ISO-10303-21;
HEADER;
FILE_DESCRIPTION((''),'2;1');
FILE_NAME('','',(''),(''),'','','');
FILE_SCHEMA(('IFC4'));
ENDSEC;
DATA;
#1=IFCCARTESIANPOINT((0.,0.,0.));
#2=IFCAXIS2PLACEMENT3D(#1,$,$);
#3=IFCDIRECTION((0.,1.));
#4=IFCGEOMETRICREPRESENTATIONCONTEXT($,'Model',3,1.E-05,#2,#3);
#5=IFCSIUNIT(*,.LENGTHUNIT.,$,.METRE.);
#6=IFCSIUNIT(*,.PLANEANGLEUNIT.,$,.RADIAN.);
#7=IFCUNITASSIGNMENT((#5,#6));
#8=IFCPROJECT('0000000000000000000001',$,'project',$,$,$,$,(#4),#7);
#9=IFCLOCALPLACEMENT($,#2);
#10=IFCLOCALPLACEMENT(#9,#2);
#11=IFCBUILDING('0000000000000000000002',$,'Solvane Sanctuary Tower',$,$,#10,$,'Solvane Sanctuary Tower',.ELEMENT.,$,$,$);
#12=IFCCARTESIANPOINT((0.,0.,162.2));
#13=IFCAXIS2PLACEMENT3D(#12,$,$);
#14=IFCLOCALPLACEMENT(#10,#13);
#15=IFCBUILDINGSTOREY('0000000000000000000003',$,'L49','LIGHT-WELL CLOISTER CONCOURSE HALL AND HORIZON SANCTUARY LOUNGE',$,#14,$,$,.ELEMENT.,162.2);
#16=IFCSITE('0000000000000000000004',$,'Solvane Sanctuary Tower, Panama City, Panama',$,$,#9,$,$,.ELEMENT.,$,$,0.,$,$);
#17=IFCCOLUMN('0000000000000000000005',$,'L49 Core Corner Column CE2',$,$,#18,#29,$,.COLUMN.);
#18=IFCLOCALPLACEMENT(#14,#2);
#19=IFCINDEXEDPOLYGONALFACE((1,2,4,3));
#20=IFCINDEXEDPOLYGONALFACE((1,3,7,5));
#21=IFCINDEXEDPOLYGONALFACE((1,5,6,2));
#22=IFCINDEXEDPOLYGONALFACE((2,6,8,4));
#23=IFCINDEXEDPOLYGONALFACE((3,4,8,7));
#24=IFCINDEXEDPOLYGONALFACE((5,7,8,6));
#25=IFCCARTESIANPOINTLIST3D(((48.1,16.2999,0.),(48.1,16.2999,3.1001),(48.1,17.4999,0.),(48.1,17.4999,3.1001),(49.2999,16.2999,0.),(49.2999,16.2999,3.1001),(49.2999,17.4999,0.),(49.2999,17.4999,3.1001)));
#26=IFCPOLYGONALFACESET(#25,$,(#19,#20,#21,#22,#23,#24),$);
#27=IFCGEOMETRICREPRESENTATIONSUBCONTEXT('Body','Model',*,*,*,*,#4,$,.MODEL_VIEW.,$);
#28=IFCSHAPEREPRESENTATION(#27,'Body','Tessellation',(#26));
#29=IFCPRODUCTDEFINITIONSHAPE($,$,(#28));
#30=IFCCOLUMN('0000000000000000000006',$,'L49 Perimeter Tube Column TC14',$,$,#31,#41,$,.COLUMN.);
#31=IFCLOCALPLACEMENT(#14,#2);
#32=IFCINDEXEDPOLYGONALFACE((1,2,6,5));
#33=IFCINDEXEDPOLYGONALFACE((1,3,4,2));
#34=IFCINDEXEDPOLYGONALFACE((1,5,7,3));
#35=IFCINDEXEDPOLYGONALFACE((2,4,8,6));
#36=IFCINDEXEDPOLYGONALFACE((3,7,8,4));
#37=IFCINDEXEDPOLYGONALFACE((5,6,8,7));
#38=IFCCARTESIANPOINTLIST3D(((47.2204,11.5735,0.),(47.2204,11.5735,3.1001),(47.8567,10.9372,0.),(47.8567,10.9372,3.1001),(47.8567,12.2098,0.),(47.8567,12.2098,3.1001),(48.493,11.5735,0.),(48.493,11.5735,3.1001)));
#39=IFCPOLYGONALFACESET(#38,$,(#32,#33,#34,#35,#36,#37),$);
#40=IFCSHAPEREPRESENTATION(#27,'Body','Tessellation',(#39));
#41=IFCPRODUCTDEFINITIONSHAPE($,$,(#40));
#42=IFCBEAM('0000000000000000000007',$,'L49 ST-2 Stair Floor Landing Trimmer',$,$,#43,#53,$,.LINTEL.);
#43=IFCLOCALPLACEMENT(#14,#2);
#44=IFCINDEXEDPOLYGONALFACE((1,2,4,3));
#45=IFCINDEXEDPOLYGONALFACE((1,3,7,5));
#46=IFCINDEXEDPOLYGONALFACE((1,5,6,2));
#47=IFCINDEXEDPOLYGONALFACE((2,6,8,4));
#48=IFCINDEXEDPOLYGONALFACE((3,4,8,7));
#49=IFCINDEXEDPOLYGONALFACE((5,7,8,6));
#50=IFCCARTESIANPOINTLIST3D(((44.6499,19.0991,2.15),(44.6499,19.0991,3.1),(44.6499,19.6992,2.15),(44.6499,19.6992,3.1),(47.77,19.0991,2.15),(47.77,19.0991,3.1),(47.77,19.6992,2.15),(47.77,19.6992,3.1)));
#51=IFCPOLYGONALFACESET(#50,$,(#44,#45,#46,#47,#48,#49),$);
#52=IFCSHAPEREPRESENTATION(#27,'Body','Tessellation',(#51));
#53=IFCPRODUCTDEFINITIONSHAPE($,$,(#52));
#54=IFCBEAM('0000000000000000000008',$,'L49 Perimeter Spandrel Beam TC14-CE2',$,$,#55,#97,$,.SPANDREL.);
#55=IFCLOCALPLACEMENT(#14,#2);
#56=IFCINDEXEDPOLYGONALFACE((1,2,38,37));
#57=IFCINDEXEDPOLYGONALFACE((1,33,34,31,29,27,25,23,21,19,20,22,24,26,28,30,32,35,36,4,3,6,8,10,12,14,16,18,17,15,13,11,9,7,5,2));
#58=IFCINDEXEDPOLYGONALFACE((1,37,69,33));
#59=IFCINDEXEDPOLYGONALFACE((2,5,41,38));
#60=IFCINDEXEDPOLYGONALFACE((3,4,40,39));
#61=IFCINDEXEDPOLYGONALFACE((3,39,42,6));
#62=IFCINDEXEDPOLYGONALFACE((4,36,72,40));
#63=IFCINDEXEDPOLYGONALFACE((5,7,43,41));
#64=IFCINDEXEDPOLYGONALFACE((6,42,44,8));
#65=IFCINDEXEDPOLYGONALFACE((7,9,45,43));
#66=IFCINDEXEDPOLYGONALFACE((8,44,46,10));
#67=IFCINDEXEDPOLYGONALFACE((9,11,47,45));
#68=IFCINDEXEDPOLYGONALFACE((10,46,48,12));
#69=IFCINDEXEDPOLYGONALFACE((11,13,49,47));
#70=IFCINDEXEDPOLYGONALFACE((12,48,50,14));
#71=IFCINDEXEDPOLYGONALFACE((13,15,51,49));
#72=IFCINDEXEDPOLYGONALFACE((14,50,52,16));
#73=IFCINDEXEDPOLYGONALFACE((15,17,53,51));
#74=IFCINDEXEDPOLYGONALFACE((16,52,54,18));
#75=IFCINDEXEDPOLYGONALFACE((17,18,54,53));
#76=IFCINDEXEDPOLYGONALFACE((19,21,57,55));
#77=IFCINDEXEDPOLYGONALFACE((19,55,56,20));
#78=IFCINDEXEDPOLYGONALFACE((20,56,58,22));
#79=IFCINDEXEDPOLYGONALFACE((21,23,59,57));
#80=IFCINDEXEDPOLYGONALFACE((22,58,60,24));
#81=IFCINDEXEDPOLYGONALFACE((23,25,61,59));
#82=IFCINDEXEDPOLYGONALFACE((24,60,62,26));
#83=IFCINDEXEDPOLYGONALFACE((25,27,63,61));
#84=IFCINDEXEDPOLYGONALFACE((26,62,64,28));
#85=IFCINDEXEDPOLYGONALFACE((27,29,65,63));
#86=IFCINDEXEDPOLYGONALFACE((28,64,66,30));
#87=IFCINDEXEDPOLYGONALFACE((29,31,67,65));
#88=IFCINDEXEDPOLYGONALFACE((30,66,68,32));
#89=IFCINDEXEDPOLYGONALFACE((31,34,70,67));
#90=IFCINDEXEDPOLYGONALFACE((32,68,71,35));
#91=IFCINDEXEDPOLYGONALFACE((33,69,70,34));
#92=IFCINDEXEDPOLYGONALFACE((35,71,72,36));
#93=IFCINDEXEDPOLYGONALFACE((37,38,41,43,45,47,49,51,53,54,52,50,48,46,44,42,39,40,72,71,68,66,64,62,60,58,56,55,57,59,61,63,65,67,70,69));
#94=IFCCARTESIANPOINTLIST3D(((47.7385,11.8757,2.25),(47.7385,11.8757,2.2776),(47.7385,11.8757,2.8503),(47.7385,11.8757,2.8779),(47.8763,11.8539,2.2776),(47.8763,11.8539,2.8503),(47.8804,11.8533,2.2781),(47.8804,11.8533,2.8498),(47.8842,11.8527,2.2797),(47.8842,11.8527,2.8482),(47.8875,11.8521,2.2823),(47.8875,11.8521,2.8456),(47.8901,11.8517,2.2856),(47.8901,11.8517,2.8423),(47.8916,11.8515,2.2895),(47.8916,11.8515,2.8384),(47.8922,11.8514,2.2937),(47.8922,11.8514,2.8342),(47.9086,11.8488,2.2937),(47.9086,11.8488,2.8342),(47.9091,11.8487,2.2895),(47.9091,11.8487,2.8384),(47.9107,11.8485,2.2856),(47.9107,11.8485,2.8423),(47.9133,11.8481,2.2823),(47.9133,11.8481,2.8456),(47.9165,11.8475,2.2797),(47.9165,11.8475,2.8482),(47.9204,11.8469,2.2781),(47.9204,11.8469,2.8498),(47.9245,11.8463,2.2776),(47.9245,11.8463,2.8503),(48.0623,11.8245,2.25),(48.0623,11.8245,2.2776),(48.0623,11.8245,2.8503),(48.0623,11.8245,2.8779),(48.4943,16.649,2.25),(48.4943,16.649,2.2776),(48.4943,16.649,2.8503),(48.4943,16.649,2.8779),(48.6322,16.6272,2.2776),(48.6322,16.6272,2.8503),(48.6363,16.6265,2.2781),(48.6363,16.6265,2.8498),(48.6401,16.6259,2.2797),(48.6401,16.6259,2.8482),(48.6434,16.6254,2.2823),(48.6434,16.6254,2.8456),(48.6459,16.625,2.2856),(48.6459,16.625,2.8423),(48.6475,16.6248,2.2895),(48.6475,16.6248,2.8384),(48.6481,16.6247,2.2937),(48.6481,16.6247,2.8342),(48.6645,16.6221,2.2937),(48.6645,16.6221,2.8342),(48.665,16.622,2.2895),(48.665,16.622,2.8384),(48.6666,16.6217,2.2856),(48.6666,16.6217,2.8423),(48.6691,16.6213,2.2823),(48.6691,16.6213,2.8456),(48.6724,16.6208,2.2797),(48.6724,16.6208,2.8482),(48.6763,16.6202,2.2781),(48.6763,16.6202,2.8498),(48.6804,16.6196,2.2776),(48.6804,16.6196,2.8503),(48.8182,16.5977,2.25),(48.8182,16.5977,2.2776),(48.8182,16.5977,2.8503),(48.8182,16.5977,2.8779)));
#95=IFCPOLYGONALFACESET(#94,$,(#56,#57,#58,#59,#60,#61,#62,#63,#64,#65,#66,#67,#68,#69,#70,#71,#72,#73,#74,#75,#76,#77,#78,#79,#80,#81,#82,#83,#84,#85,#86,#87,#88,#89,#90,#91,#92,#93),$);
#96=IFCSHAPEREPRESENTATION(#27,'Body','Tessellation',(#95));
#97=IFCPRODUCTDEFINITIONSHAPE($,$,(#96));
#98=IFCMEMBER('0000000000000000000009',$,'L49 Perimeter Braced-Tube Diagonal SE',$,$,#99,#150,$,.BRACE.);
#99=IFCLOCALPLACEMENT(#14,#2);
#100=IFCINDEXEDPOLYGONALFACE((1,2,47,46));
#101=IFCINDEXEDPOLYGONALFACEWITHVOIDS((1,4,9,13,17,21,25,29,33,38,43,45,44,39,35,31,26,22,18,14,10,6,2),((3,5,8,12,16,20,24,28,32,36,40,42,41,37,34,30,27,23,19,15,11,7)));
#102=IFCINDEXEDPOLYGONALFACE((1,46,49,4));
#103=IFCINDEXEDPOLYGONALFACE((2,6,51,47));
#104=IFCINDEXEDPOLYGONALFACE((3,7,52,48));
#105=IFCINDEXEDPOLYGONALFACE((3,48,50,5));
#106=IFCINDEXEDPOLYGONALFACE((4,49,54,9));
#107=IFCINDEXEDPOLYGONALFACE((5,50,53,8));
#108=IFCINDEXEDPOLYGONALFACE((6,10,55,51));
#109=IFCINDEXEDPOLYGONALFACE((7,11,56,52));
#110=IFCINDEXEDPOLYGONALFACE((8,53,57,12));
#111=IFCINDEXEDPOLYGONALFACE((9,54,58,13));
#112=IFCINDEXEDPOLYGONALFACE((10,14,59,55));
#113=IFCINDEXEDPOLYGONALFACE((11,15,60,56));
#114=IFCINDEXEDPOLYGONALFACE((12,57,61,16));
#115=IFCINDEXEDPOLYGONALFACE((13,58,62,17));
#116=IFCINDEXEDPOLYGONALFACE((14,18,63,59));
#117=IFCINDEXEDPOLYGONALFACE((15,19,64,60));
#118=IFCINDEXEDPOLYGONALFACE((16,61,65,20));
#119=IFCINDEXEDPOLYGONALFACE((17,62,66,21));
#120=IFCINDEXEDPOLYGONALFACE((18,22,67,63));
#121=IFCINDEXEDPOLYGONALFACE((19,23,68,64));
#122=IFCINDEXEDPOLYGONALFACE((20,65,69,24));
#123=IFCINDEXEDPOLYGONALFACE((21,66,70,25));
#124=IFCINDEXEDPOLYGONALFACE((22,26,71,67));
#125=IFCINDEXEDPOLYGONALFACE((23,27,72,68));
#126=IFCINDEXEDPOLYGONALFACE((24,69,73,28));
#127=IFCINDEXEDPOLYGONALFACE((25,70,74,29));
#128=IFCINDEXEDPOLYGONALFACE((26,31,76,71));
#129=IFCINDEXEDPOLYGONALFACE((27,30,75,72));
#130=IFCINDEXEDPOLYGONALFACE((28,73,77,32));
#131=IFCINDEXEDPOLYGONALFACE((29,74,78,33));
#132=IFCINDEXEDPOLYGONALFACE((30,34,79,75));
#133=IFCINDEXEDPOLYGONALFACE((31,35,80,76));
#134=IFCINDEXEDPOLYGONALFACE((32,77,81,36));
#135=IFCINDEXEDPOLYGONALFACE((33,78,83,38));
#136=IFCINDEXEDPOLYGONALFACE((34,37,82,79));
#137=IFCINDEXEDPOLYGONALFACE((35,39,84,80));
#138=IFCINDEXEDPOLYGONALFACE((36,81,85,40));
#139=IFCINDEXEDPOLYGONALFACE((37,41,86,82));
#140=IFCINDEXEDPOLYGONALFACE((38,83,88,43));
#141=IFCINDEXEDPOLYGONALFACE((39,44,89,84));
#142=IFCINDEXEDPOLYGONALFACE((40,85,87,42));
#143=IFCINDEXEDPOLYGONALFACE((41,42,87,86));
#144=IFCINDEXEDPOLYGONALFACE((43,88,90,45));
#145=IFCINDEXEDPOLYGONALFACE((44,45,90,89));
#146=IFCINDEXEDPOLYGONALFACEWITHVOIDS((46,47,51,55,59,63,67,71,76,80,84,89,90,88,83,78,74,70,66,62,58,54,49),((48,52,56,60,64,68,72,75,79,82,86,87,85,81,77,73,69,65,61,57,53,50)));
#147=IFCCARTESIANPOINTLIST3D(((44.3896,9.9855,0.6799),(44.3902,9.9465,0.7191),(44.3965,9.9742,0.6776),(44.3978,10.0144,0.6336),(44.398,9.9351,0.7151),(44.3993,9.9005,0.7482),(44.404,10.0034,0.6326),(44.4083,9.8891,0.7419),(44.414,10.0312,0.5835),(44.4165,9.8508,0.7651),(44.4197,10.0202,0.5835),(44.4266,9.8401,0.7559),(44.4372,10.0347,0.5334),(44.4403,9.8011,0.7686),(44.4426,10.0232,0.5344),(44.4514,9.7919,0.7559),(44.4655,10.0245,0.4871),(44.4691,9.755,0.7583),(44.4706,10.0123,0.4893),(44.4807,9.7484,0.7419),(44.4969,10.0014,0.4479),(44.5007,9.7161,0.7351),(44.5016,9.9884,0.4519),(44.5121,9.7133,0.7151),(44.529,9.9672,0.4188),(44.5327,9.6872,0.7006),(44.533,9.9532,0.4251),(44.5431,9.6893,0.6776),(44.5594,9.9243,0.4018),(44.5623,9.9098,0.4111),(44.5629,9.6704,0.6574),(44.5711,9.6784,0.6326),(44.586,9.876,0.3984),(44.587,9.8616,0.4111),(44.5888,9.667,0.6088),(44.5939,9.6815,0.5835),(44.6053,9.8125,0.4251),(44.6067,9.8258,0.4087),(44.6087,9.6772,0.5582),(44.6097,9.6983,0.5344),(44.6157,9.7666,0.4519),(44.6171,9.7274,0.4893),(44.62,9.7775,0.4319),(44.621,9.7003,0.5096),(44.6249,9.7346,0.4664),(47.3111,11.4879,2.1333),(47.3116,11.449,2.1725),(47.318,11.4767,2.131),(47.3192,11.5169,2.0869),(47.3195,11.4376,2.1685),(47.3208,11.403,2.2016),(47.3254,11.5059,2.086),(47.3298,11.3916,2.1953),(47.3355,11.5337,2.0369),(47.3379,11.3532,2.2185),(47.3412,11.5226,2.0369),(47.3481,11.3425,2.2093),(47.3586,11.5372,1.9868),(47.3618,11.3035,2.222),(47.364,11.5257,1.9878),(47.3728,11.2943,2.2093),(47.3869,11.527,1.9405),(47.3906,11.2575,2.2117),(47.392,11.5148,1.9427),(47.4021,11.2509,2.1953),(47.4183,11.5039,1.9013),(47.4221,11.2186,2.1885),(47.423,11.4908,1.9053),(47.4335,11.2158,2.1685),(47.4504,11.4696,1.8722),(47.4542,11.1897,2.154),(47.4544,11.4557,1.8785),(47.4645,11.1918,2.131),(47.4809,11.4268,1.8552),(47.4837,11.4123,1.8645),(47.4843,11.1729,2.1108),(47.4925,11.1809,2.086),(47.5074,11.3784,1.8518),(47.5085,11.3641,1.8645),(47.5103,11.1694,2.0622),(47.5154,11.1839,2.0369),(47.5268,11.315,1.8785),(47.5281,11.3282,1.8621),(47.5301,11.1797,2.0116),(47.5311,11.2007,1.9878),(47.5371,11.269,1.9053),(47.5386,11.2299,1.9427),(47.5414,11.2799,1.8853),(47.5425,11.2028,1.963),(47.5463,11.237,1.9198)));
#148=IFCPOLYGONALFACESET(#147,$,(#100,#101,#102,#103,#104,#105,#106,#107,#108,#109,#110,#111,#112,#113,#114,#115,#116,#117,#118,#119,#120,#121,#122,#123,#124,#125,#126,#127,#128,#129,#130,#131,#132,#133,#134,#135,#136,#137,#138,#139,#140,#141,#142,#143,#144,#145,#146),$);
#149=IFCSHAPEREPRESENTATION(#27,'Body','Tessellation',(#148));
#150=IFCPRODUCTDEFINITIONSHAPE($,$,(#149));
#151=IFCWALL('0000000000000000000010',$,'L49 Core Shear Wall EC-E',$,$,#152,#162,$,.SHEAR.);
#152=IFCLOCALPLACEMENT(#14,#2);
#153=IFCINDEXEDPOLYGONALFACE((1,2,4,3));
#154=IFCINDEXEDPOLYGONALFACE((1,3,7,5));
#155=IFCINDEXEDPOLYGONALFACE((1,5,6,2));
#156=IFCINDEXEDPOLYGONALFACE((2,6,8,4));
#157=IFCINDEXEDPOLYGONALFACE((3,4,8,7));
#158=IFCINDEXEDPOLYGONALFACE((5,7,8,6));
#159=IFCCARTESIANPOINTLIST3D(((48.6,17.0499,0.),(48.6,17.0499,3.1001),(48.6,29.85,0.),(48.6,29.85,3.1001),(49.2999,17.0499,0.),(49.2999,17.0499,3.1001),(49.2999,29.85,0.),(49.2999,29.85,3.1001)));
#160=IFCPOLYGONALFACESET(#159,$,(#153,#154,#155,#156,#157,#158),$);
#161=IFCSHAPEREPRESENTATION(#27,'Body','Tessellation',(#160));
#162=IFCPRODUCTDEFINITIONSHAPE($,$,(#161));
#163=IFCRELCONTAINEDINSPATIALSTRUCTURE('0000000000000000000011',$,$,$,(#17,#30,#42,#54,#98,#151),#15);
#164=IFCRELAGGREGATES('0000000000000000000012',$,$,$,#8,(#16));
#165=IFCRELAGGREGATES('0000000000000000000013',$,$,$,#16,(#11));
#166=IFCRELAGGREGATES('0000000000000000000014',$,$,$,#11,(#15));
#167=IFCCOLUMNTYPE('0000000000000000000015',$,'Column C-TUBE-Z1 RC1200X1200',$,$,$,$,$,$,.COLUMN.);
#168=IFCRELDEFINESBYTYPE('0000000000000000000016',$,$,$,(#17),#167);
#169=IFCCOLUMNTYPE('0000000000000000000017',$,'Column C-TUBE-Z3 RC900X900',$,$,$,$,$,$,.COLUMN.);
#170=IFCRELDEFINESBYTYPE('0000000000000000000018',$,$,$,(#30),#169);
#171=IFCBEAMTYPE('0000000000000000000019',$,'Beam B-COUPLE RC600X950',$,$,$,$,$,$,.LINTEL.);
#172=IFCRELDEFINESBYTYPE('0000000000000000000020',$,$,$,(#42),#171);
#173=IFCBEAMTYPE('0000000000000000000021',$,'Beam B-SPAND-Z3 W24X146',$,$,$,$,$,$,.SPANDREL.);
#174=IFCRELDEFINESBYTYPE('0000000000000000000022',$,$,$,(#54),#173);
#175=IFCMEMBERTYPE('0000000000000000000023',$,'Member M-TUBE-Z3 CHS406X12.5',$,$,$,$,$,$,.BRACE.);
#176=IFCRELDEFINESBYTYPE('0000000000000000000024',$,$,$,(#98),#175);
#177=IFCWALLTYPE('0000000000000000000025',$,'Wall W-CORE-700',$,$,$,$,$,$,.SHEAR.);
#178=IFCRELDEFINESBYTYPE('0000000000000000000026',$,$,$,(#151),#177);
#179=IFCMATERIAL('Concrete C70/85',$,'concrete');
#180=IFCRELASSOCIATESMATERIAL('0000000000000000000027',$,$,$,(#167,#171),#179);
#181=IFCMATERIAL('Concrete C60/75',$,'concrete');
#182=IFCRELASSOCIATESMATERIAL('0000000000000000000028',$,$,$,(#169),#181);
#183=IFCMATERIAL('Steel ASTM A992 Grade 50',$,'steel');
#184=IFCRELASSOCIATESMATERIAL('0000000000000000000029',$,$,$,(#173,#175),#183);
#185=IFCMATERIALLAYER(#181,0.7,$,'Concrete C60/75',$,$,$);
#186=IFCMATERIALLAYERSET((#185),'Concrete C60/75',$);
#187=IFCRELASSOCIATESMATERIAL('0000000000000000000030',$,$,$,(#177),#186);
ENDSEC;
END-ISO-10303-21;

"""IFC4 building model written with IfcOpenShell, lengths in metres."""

from ifc_helpers import new_model, si_unit, direction, frame, frame_2d, origin, origin_2d, place, context, subcontext, project, spatial, rectangle, hollow_circle, i_section, extrude, material, layer, layer_set, material_profile, profile_set, type_object, element, save


model = new_model("IFC4")

# Units and contexts
model_context = context("Model", 3, precision=1e-05, world=origin(), true_north=direction((0.0, 1.0)))
body_context = subcontext(model_context, "Body", "Model", "MODEL_VIEW")
ifc_project = project(units=[si_unit("LENGTHUNIT", "METRE"), si_unit("PLANEANGLEUNIT", "RADIAN")], contexts=[model_context])

# Site, building, storey
site_placement = place(None, origin())
site = spatial("IfcSite", under=ifc_project, at=site_placement, Name="Solvane Sanctuary Tower, Panama City, Panama", CompositionType="ELEMENT", RefElevation=0.0)
building_placement = place(site_placement, origin())
building = spatial("IfcBuilding", under=site, at=building_placement, Name="Solvane Sanctuary Tower", LongName="Solvane Sanctuary Tower", CompositionType="ELEMENT")
storey_placement = place(building_placement, frame((0.0, 0.0, 162.2)))
storey = spatial("IfcBuildingStorey", under=building, at=storey_placement, Name="L49", Description="LIGHT-WELL CLOISTER CONCOURSE HALL AND HORIZON SANCTUARY LOUNGE", CompositionType="ELEMENT", Elevation=162.2)

# Columns
ifc_material_1 = material(Name="Concrete C70/85", Category="concrete")
ifc_material_profile_1 = material_profile(ifc_material_1, rectangle(XDim=1.2, YDim=1.2, at=origin_2d()), Name="RC1200X1200")
ifc_profile_set_1 = profile_set([ifc_material_profile_1], Name="Concrete C70/85")
column_type_1 = type_object("IfcColumnType", Name="Column C-TUBE-Z1 RC1200X1200", PredefinedType="COLUMN", material=ifc_profile_set_1)
column_1_placement = place(storey_placement, frame((48.7, 16.8999, 0.0), z_axis=(0.0, 0.0, 1.0), x_axis=(1.0, 0.0, 0.0)))
element("IfcColumn", 1, at=column_1_placement, inside=storey, type_object=column_type_1, Name="L49 Core Corner Column CE2", PredefinedType="COLUMN", context=body_context, shape_type="SweptSolid", body=[
    extrude(rectangle(XDim=1.2, YDim=1.2, at=origin_2d()), origin(), (0.0, 0.0, 1.0), 3.1001),
])
ifc_material_2 = material(Name="Concrete C60/75", Category="concrete")
ifc_material_profile_2 = material_profile(ifc_material_2, rectangle(XDim=0.8999, YDim=0.8999, at=origin_2d()), Name="RC900X900")
ifc_profile_set_2 = profile_set([ifc_material_profile_2], Name="Concrete C60/75")
column_type_2 = type_object("IfcColumnType", Name="Column C-TUBE-Z3 RC900X900", PredefinedType="COLUMN", material=ifc_profile_set_2)
column_2_placement = place(storey_placement, frame((47.8567, 11.5735, 0.0), z_axis=(0.0, 0.0, 1.0), x_axis=(0.707107, -0.707107, 0.0)))
element("IfcColumn", 2, at=column_2_placement, inside=storey, type_object=column_type_2, Name="L49 Perimeter Tube Column TC14", PredefinedType="COLUMN", context=body_context, shape_type="SweptSolid", body=[
    extrude(rectangle(XDim=0.8999, YDim=0.8999, at=origin_2d()), origin(), (0.0, 0.0, 1.0), 3.1001),
])

# Beams
ifc_material_profile_3 = material_profile(ifc_material_1, rectangle(XDim=0.6001, YDim=0.95, at=origin_2d()), Name="RC600X950")
ifc_profile_set_3 = profile_set([ifc_material_profile_3], Name="Concrete C70/85")
beam_type_1 = type_object("IfcBeamType", Name="Beam B-COUPLE RC600X950", PredefinedType="LINTEL", material=ifc_profile_set_3)
beam_1_placement = place(storey_placement, frame((44.6499, 19.3992, 2.625), z_axis=(1.0, 0.0, 0.0), x_axis=(0.0, 1.0, 0.0)))
element("IfcBeam", 3, at=beam_1_placement, inside=storey, type_object=beam_type_1, Name="L49 ST-2 Stair Floor Landing Trimmer", PredefinedType="LINTEL", context=body_context, shape_type="SweptSolid", body=[
    extrude(rectangle(XDim=0.6001, YDim=0.95, at=origin_2d()), origin(), (0.0, 0.0, 1.0), 3.1201),
])
ifc_material_3 = material(Name="Steel ASTM A992 Grade 50", Category="steel")
ifc_material_profile_4 = material_profile(ifc_material_3, i_section(OverallWidth=0.3279, OverallDepth=0.6279, WebThickness=0.0166, FlangeThickness=0.0276, FilletRadius=0.0161, at=origin_2d()), Name="W24X146")
ifc_profile_set_4 = profile_set([ifc_material_profile_4], Name="Steel ASTM A992 Grade 50")
beam_type_2 = type_object("IfcBeamType", Name="Beam B-SPAND-Z3 W24X146", PredefinedType="SPANDREL", material=ifc_profile_set_4)
beam_2_placement = place(storey_placement, frame((47.9004, 11.8501, 2.564), z_axis=(0.156406, 0.987693, 0.0), x_axis=(-0.987693, 0.156406, 0.0)))
element("IfcBeam", 4, at=beam_2_placement, inside=storey, type_object=beam_type_2, Name="L49 Perimeter Spandrel Beam TC14-CE2", PredefinedType="SPANDREL", context=body_context, shape_type="SweptSolid", body=[
    extrude(i_section(OverallWidth=0.3279, OverallDepth=0.6279, WebThickness=0.0166, FlangeThickness=0.0276, FilletRadius=0.0161, at=origin_2d()), origin(), (0.0, 0.0, 1.0), 4.8328),
])

# Member
ifc_material_profile_5 = material_profile(ifc_material_3, hollow_circle(Radius=0.2029, WallThickness=0.0125, at=origin_2d()), Name="CHS406X12.5")
ifc_profile_set_5 = profile_set([ifc_material_profile_5], Name="Steel ASTM A992 Grade 50")
member_type = type_object("IfcMemberType", Name="Member M-TUBE-Z3 CHS406X12.5", PredefinedType="BRACE", material=ifc_profile_set_5)
member_placement = place(storey_placement, frame((44.5068, 9.8508, 0.5835), z_axis=(0.813252, 0.418248, 0.404587), x_axis=(-0.457351, 0.889286, 0.0)))
element("IfcMember", 5, at=member_placement, inside=storey, type_object=member_type, Name="L49 Perimeter Braced-Tube Diagonal SE", PredefinedType="BRACE", context=body_context, shape_type="SweptSolid", body=[
    extrude(hollow_circle(Radius=0.2029, WallThickness=0.0125, at=origin_2d()), origin(), (0.0, 0.0, 1.0), 3.5923),
])

# Wall
ifc_layer_1 = layer(ifc_material_2, 0.7, Name="Concrete C60/75")
ifc_layer_set_1 = layer_set([ifc_layer_1], Name="Concrete C60/75")
wall_type_1 = type_object("IfcWallType", Name="Wall W-CORE-700", PredefinedType="SHEAR", material=ifc_layer_set_1)
wall_1_placement = place(storey_placement, frame((48.95, 17.05, 0.0), z_axis=(0.0, 0.0, 1.0), x_axis=(0.0, 1.0, 0.0)))
element("IfcWall", 6, at=wall_1_placement, inside=storey, type_object=wall_type_1, Name="L49 Core Shear Wall EC-E", PredefinedType="SHEAR", context=body_context, shape_type="SweptSolid", body=[
    extrude(rectangle(XDim=12.8, YDim=0.7, at=frame_2d((6.3999, 0.0))), origin(), (0.0, 0.0, 1.0), 3.1001),
])

save(model, "model.ifc")
